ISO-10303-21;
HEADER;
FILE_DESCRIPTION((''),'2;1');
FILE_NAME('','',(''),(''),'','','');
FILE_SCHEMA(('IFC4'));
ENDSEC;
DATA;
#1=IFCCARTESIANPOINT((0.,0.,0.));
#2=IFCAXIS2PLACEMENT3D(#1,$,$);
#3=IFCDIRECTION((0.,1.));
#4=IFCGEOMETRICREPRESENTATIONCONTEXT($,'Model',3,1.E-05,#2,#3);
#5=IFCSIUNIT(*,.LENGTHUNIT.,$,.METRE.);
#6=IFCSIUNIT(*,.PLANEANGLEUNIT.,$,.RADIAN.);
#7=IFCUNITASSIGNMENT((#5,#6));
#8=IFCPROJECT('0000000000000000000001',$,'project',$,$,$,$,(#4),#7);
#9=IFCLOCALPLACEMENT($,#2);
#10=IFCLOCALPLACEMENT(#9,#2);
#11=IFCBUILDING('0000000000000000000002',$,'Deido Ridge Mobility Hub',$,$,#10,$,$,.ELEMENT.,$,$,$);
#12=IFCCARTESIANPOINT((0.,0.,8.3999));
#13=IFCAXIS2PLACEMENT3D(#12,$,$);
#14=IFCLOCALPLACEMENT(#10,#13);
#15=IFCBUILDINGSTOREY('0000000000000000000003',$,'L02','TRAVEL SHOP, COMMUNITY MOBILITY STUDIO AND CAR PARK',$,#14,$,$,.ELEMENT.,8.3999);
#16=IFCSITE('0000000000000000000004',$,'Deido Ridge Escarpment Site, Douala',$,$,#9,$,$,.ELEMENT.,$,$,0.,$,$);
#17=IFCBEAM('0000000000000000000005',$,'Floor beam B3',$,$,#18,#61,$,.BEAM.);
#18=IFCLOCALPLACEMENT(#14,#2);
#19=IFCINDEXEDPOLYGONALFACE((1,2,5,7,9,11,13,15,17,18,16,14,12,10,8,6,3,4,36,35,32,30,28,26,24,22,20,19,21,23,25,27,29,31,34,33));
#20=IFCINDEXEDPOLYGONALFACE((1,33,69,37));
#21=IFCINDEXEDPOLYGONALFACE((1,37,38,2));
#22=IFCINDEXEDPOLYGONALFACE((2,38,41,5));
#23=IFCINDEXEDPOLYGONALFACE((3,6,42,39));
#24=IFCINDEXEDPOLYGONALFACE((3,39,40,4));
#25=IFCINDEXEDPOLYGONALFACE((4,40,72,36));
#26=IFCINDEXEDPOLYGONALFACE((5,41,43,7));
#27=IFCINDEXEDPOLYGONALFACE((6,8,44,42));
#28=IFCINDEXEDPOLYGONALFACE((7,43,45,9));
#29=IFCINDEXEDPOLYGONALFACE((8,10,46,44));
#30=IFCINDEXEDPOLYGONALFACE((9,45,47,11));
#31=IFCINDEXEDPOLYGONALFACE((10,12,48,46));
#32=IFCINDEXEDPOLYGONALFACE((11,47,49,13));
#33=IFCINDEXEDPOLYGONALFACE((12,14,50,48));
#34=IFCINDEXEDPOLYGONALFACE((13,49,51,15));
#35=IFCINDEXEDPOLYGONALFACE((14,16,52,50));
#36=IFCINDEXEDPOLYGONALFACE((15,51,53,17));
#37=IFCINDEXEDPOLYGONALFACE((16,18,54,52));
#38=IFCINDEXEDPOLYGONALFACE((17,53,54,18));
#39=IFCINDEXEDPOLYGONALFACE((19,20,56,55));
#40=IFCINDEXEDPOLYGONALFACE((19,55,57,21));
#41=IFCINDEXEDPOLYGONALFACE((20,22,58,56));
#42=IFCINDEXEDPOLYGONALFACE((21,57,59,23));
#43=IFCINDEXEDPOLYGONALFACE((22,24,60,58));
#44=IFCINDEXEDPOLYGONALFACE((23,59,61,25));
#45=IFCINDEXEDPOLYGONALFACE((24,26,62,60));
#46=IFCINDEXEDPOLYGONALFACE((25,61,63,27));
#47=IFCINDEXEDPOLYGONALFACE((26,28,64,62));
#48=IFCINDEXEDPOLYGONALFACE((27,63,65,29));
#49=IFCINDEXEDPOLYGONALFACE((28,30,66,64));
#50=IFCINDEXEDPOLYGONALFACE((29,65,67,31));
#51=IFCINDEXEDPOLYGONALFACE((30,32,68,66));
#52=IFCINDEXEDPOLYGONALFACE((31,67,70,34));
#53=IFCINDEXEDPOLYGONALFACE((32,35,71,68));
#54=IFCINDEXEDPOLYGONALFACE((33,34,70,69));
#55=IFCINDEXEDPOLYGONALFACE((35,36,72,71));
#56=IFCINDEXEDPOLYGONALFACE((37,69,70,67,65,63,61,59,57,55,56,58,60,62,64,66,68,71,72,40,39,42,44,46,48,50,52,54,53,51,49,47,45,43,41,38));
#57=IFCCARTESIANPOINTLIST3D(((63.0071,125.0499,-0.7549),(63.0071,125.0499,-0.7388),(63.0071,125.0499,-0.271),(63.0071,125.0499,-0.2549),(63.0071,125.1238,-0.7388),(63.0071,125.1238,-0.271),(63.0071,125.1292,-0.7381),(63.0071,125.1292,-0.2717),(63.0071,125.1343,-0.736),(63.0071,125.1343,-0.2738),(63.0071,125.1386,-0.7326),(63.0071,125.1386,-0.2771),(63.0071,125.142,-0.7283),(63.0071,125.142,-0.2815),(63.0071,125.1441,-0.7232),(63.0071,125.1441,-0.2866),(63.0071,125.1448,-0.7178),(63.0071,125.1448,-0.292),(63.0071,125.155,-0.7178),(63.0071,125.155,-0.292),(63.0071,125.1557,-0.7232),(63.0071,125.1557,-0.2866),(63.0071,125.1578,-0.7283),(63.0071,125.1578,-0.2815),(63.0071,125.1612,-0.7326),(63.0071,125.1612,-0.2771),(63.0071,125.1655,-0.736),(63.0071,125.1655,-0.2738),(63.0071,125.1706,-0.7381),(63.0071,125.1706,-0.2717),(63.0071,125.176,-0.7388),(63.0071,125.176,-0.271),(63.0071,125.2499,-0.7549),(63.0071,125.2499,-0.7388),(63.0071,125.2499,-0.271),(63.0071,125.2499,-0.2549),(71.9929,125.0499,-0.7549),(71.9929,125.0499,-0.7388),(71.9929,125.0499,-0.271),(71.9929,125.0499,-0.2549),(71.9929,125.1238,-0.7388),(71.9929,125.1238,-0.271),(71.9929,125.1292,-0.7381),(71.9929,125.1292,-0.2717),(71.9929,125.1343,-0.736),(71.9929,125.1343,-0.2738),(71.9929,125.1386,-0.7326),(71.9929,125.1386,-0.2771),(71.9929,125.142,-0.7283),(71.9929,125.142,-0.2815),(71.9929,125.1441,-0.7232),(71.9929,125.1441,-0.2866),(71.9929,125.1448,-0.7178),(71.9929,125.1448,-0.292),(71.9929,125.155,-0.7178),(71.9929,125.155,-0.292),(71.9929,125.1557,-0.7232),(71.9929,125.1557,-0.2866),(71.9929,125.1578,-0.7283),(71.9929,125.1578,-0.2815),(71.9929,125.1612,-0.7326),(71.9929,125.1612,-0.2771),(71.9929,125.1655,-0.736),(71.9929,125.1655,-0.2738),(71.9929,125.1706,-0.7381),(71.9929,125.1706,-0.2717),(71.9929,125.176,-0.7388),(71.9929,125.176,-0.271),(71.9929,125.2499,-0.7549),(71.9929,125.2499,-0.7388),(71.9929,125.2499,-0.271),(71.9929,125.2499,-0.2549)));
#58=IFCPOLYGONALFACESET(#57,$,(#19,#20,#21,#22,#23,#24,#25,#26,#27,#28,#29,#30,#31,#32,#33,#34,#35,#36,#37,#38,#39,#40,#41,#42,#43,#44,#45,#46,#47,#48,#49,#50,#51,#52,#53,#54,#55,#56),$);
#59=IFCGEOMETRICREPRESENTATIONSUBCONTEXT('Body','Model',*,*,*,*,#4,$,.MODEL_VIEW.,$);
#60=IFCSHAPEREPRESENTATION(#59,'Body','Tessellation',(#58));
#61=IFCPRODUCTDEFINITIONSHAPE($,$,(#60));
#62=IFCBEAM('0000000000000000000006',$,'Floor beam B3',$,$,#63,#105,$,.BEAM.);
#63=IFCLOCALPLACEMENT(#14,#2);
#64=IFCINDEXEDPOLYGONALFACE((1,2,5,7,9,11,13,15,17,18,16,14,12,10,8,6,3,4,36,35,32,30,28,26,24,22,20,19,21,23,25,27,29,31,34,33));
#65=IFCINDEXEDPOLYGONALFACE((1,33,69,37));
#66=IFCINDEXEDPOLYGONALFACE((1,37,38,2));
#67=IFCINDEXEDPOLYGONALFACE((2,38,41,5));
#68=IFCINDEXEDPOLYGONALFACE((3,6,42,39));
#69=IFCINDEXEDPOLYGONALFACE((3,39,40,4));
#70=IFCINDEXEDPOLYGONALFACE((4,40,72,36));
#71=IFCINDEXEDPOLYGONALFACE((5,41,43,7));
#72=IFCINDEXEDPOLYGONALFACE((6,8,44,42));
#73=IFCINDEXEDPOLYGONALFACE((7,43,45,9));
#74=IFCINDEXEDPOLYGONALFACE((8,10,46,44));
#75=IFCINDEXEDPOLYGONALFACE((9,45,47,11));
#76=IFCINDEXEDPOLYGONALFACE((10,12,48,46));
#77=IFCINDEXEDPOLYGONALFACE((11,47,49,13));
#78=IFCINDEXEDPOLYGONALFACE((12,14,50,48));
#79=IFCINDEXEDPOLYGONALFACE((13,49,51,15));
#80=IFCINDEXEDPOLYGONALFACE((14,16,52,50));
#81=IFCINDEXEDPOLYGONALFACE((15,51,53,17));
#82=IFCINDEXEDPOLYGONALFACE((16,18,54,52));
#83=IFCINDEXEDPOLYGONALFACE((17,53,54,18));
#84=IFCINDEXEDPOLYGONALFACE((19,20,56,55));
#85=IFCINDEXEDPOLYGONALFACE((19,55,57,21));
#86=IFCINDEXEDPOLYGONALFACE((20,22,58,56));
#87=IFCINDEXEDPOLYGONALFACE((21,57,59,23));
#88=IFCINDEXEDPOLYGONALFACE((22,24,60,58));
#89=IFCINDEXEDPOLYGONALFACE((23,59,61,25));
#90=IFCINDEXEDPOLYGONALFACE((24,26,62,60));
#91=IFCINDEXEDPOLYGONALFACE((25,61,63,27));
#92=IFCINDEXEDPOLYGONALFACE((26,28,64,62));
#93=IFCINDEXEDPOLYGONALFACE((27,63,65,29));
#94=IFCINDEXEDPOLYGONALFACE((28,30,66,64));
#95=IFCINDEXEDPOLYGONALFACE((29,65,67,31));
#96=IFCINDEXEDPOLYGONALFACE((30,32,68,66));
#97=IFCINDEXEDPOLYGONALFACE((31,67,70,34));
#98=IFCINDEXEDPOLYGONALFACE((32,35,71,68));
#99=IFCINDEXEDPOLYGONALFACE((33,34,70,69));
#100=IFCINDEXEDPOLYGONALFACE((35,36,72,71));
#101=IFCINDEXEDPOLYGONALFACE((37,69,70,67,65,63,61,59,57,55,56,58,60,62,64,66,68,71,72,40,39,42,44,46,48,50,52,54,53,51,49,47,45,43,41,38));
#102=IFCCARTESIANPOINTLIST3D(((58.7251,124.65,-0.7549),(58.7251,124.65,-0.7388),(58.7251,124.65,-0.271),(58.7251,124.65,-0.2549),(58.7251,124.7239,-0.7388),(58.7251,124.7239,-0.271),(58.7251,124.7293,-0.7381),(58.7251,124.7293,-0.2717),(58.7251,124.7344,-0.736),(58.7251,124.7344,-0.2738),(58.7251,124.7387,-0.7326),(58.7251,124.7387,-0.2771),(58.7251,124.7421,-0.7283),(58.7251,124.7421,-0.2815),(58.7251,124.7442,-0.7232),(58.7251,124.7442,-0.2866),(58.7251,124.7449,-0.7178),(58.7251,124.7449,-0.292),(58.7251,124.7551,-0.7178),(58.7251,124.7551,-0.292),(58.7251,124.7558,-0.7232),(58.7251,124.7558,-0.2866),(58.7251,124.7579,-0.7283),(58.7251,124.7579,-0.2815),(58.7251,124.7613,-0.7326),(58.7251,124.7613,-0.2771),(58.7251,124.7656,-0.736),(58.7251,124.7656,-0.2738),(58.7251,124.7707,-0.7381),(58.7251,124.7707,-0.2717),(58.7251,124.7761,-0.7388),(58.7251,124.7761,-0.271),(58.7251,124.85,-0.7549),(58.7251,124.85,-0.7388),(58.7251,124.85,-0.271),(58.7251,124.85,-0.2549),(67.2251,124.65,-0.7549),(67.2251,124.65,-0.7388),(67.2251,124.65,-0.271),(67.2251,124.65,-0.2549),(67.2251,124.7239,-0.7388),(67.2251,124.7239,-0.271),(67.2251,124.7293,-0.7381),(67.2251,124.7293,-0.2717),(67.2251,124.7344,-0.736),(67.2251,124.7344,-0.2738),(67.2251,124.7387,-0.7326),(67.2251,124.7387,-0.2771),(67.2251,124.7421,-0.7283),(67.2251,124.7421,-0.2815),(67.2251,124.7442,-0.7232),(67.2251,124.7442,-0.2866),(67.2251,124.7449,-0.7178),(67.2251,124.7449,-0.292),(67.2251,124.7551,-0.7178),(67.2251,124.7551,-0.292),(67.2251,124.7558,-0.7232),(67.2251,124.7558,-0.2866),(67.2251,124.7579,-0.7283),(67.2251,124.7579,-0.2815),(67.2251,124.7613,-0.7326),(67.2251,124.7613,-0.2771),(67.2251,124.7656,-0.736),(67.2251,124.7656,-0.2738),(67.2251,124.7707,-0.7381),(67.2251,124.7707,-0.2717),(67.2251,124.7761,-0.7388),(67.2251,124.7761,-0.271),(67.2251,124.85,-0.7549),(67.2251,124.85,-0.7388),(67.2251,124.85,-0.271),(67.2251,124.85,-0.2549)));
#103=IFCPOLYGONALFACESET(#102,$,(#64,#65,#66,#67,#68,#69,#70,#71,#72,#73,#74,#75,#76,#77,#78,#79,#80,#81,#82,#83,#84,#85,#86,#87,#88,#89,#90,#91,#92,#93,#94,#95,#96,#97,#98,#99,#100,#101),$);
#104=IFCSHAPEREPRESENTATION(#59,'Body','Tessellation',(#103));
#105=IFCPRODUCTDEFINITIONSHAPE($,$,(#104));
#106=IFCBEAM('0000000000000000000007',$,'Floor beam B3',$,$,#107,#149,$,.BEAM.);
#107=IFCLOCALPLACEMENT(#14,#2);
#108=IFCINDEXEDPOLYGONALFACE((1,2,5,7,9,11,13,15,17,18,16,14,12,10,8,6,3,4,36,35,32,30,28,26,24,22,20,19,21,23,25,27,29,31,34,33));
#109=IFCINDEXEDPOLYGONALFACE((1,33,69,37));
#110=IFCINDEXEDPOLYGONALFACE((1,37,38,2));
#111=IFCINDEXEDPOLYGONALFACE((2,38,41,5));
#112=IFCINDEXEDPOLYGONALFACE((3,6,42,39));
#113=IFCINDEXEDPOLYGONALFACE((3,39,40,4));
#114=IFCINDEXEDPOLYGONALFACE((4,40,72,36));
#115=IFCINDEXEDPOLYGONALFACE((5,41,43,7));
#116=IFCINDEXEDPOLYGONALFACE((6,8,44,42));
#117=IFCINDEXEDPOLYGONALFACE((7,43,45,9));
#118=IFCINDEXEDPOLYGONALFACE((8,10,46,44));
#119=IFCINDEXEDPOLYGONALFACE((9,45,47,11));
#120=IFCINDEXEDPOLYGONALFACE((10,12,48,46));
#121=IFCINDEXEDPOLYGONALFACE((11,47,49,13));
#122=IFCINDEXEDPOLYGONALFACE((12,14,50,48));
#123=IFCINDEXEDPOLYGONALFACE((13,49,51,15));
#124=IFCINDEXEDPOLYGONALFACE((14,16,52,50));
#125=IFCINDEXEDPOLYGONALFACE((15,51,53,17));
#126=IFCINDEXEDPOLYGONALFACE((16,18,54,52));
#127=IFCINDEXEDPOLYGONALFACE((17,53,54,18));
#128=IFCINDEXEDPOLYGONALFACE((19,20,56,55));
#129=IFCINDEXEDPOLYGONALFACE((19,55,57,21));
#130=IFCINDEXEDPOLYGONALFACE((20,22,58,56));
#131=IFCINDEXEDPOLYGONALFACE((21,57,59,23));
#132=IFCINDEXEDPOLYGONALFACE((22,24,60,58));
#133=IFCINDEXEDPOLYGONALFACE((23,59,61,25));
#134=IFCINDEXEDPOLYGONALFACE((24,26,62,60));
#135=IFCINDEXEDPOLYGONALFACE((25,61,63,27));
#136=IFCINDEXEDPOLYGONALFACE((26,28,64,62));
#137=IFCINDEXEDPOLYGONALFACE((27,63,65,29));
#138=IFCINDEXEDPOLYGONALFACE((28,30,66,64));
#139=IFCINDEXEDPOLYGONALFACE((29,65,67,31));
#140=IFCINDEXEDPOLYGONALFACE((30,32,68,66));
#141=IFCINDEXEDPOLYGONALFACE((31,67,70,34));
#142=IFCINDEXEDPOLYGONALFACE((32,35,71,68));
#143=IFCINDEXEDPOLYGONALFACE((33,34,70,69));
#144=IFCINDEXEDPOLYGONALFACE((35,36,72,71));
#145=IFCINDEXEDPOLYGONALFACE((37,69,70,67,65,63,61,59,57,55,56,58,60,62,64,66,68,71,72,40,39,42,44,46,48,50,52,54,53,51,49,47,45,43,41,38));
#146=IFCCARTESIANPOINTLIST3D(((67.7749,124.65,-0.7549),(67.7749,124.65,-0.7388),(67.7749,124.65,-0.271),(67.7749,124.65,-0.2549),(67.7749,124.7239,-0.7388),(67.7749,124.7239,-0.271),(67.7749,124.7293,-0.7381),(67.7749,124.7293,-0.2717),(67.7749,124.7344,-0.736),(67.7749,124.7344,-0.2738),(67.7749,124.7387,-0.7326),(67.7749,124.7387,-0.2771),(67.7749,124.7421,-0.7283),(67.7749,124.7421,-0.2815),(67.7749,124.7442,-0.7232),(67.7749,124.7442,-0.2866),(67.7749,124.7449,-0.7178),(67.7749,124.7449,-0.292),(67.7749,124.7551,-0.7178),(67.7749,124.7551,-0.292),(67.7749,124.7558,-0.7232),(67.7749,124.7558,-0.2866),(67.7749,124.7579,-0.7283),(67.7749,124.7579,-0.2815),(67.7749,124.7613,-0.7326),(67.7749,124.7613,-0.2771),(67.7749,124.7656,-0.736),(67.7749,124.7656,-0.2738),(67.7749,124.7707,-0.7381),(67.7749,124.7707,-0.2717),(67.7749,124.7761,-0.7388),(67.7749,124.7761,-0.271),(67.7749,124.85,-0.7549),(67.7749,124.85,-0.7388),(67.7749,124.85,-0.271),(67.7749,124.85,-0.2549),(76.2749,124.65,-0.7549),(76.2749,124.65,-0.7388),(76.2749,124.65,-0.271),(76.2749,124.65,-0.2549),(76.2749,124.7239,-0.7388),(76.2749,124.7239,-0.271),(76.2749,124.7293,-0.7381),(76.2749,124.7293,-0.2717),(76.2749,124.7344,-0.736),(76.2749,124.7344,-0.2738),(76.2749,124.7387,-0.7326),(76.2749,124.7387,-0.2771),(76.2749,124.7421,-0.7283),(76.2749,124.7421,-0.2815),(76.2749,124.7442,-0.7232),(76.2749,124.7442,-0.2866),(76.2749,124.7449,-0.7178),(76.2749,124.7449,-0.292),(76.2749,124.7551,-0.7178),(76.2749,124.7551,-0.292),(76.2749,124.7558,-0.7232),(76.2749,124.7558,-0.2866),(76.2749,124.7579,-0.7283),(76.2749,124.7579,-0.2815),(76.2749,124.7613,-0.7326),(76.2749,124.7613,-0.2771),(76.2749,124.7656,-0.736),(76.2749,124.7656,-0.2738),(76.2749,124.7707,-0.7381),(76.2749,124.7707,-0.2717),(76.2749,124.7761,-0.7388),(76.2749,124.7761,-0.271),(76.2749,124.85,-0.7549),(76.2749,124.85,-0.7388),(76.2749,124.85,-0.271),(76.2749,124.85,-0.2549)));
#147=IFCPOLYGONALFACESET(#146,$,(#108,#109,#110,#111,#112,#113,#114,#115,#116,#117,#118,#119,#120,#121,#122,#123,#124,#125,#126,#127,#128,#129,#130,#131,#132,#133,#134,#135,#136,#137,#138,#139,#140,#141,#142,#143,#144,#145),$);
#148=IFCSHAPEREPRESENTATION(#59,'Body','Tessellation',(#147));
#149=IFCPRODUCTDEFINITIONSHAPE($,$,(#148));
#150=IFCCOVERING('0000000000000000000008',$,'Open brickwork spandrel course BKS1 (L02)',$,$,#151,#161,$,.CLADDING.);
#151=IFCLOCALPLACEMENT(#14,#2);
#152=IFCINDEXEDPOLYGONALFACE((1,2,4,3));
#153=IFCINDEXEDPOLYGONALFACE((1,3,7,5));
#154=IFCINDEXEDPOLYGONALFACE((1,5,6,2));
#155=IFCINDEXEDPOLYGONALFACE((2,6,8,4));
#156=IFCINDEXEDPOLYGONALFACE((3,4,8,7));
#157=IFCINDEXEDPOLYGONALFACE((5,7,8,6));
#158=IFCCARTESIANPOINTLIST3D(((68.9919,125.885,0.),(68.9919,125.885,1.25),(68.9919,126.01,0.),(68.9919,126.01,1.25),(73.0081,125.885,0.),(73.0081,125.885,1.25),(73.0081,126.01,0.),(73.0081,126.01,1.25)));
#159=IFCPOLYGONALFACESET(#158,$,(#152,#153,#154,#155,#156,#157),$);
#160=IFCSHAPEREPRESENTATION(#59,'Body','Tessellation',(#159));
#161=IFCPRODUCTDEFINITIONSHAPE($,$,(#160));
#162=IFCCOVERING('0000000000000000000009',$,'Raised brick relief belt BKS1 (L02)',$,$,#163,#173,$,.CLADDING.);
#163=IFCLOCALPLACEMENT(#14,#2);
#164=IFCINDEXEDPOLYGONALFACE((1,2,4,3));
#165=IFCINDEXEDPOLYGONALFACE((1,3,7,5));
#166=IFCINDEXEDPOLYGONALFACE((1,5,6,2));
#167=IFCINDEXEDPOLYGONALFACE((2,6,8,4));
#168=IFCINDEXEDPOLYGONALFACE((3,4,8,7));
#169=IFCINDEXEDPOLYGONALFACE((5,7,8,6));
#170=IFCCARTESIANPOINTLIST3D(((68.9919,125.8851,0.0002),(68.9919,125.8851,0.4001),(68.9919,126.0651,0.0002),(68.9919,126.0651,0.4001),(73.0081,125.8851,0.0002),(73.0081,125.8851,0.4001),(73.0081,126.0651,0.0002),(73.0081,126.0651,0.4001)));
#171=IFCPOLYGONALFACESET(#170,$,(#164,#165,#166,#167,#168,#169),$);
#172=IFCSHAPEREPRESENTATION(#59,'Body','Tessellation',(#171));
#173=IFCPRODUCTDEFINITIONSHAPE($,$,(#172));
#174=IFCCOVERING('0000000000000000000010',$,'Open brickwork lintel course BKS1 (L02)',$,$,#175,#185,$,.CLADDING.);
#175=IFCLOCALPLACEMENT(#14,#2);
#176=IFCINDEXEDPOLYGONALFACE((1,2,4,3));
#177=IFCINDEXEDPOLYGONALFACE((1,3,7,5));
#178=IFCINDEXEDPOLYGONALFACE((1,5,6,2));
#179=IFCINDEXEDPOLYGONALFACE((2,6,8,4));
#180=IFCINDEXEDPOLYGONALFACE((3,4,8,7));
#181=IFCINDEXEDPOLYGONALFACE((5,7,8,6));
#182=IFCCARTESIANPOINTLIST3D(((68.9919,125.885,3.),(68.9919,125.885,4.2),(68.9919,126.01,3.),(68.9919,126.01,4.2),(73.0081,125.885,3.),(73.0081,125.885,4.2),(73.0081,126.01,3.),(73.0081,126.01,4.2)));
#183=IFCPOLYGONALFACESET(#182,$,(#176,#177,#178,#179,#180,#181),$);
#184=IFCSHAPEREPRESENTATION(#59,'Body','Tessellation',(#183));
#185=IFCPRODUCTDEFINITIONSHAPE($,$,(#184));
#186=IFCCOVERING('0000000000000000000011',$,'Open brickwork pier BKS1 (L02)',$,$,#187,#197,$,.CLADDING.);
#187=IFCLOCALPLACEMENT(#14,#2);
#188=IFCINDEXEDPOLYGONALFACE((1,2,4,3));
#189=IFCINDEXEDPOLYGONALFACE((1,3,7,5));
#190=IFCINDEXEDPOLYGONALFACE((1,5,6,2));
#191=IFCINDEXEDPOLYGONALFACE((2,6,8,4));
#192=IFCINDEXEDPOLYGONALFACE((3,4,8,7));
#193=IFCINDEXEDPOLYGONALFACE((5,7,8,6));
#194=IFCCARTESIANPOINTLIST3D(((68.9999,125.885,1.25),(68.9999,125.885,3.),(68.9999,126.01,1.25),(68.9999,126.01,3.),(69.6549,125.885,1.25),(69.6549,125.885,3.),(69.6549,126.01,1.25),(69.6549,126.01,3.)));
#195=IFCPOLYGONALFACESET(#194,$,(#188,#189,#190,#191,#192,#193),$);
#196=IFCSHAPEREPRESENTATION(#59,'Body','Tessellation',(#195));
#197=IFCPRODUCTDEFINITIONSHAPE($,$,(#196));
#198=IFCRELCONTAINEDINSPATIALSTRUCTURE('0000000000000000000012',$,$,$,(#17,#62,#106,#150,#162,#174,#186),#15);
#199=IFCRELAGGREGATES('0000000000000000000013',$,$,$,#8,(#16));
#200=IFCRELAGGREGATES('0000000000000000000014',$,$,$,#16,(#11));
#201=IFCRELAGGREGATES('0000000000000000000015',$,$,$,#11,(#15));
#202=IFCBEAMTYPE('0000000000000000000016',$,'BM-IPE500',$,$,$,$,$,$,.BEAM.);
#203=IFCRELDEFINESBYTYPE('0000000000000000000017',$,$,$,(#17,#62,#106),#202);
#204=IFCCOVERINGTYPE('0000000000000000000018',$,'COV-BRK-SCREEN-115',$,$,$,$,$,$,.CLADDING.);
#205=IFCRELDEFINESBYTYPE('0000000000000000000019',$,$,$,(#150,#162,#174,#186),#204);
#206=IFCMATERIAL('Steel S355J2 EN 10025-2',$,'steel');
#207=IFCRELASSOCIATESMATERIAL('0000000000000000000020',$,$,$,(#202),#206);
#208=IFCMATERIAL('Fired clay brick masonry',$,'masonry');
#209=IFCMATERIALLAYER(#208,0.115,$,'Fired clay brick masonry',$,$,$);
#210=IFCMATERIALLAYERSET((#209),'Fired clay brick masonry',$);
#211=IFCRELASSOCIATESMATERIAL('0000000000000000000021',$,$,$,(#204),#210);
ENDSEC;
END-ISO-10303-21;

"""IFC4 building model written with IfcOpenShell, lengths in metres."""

from ifc_helpers import new_model, si_unit, direction, frame, origin, origin_2d, place, context, subcontext, project, spatial, rectangle, i_section, extrude, material, layer, layer_set, material_profile, profile_set, type_object, element, save


model = new_model("IFC4")

# Units and contexts
model_context = context("Model", 3, precision=1e-05, world=origin(), true_north=direction((0.0, 1.0)))
body_context = subcontext(model_context, "Body", "Model", "MODEL_VIEW")
ifc_project = project(units=[si_unit("LENGTHUNIT", "METRE"), si_unit("PLANEANGLEUNIT", "RADIAN")], contexts=[model_context])

# Site, building, storey
site_placement = place(None, origin())
site = spatial("IfcSite", under=ifc_project, at=site_placement, Name="Deido Ridge Escarpment Site, Douala", CompositionType="ELEMENT", RefElevation=0.0)
building_placement = place(site_placement, origin())
building = spatial("IfcBuilding", under=site, at=building_placement, Name="Deido Ridge Mobility Hub", CompositionType="ELEMENT")
storey_placement = place(building_placement, frame((0.0, 0.0, 8.3999)))
storey = spatial("IfcBuildingStorey", under=building, at=storey_placement, Name="L02", Description="TRAVEL SHOP, COMMUNITY MOBILITY STUDIO AND CAR PARK", CompositionType="ELEMENT", Elevation=8.3999)

# Shared definitions
ifc_material_1 = material(Name="Steel S355J2 EN 10025-2", Category="steel")

# Beams
ifc_material_profile_1 = material_profile(ifc_material_1, i_section(OverallWidth=0.2, OverallDepth=0.5, WebThickness=0.0103, FlangeThickness=0.0161, FilletRadius=0.021, at=origin_2d()), Name="IPE 500")
ifc_profile_set_1 = profile_set([ifc_material_profile_1], Name="Steel S355J2 EN 10025-2")
beam_type = type_object("IfcBeamType", Name="BM-IPE500", PredefinedType="BEAM", material=ifc_profile_set_1)
for number, where, z_axis, x_axis, name in (
    (1, (63.0071, 125.1499, -0.5049), (1.0, 0.0, 0.0), (0.0, 1.0, 0.0), "Floor beam B3"),
):
    element("IfcBeam", number, at=place(storey_placement, frame(where, z_axis=z_axis, x_axis=x_axis)), inside=storey, type_object=beam_type, Name=name, PredefinedType="BEAM", context=body_context, shape_type="SweptSolid", body=[
        extrude(i_section(OverallWidth=0.2, OverallDepth=0.5, WebThickness=0.0103, FlangeThickness=0.0161, FilletRadius=0.021, at=origin_2d()), origin(), (0.0, 0.0, 1.0), 8.9858),
    ])
for number, where, z_axis, x_axis, name in (
    (2, (58.7251, 124.75, -0.5049), (1.0, 0.0, 0.0), (0.0, 1.0, 0.0), "Floor beam B3"),
    (3, (67.7749, 124.75, -0.5049), (1.0, 0.0, 0.0), (0.0, 1.0, 0.0), "Floor beam B3"),
):
    element("IfcBeam", number, at=place(storey_placement, frame(where, z_axis=z_axis, x_axis=x_axis)), inside=storey, type_object=beam_type, Name=name, PredefinedType="BEAM", context=body_context, shape_type="SweptSolid", body=[
        extrude(i_section(OverallWidth=0.2, OverallDepth=0.5, WebThickness=0.0103, FlangeThickness=0.0161, FilletRadius=0.021, at=origin_2d()), origin(), (0.0, 0.0, 1.0), 8.5),
    ])

# Coverings
ifc_material_2 = material(Name="Fired clay brick masonry", Category="masonry")
ifc_layer = layer(ifc_material_2, 0.115, Name="Fired clay brick masonry")
ifc_layer_set = layer_set([ifc_layer], Name="Fired clay brick masonry")
covering_type = type_object("IfcCoveringType", Name="COV-BRK-SCREEN-115", PredefinedType="CLADDING", material=ifc_layer_set)
covering_1_placement = place(storey_placement, frame((71.0, 125.9475, 0.0), z_axis=(0.0, 0.0, 1.0), x_axis=(-1.0, 0.0, 0.0)))
element("IfcCovering", 4, at=covering_1_placement, inside=storey, type_object=covering_type, Name="Open brickwork spandrel course BKS1 (L02)", PredefinedType="CLADDING", context=body_context, shape_type="SweptSolid", body=[
    extrude(rectangle(XDim=4.0161, YDim=0.125, at=origin_2d()), origin(), (0.0, 0.0, 1.0), 1.25),
])
covering_2_placement = place(storey_placement, frame((71.0, 125.9751, 0.0002), z_axis=(0.0, 0.0, 1.0), x_axis=(-1.0, 0.0, 0.0)))
element("IfcCovering", 5, at=covering_2_placement, inside=storey, type_object=covering_type, Name="Raised brick relief belt BKS1 (L02)", PredefinedType="CLADDING", context=body_context, shape_type="SweptSolid", body=[
    extrude(rectangle(XDim=4.0161, YDim=0.1799, at=origin_2d()), origin(), (0.0, 0.0, 1.0), 0.3999),
])
covering_3_placement = place(storey_placement, frame((71.0, 125.9475, 3.0), z_axis=(0.0, 0.0, 1.0), x_axis=(-1.0, 0.0, 0.0)))
element("IfcCovering", 6, at=covering_3_placement, inside=storey, type_object=covering_type, Name="Open brickwork lintel course BKS1 (L02)", PredefinedType="CLADDING", context=body_context, shape_type="SweptSolid", body=[
    extrude(rectangle(XDim=4.0161, YDim=0.125, at=origin_2d()), origin(), (0.0, 0.0, 1.0), 1.2),
])
covering_4_placement = place(storey_placement, frame((69.3274, 125.9475, 1.25), z_axis=(0.0, 0.0, 1.0), x_axis=(-1.0, 0.0, 0.0)))
element("IfcCovering", 7, at=covering_4_placement, inside=storey, type_object=covering_type, Name="Open brickwork pier BKS1 (L02)", PredefinedType="CLADDING", context=body_context, shape_type="SweptSolid", body=[
    extrude(rectangle(XDim=0.655, YDim=0.125, at=origin_2d()), origin(), (0.0, 0.0, 1.0), 1.75),
])

save(model, "model.ifc")
